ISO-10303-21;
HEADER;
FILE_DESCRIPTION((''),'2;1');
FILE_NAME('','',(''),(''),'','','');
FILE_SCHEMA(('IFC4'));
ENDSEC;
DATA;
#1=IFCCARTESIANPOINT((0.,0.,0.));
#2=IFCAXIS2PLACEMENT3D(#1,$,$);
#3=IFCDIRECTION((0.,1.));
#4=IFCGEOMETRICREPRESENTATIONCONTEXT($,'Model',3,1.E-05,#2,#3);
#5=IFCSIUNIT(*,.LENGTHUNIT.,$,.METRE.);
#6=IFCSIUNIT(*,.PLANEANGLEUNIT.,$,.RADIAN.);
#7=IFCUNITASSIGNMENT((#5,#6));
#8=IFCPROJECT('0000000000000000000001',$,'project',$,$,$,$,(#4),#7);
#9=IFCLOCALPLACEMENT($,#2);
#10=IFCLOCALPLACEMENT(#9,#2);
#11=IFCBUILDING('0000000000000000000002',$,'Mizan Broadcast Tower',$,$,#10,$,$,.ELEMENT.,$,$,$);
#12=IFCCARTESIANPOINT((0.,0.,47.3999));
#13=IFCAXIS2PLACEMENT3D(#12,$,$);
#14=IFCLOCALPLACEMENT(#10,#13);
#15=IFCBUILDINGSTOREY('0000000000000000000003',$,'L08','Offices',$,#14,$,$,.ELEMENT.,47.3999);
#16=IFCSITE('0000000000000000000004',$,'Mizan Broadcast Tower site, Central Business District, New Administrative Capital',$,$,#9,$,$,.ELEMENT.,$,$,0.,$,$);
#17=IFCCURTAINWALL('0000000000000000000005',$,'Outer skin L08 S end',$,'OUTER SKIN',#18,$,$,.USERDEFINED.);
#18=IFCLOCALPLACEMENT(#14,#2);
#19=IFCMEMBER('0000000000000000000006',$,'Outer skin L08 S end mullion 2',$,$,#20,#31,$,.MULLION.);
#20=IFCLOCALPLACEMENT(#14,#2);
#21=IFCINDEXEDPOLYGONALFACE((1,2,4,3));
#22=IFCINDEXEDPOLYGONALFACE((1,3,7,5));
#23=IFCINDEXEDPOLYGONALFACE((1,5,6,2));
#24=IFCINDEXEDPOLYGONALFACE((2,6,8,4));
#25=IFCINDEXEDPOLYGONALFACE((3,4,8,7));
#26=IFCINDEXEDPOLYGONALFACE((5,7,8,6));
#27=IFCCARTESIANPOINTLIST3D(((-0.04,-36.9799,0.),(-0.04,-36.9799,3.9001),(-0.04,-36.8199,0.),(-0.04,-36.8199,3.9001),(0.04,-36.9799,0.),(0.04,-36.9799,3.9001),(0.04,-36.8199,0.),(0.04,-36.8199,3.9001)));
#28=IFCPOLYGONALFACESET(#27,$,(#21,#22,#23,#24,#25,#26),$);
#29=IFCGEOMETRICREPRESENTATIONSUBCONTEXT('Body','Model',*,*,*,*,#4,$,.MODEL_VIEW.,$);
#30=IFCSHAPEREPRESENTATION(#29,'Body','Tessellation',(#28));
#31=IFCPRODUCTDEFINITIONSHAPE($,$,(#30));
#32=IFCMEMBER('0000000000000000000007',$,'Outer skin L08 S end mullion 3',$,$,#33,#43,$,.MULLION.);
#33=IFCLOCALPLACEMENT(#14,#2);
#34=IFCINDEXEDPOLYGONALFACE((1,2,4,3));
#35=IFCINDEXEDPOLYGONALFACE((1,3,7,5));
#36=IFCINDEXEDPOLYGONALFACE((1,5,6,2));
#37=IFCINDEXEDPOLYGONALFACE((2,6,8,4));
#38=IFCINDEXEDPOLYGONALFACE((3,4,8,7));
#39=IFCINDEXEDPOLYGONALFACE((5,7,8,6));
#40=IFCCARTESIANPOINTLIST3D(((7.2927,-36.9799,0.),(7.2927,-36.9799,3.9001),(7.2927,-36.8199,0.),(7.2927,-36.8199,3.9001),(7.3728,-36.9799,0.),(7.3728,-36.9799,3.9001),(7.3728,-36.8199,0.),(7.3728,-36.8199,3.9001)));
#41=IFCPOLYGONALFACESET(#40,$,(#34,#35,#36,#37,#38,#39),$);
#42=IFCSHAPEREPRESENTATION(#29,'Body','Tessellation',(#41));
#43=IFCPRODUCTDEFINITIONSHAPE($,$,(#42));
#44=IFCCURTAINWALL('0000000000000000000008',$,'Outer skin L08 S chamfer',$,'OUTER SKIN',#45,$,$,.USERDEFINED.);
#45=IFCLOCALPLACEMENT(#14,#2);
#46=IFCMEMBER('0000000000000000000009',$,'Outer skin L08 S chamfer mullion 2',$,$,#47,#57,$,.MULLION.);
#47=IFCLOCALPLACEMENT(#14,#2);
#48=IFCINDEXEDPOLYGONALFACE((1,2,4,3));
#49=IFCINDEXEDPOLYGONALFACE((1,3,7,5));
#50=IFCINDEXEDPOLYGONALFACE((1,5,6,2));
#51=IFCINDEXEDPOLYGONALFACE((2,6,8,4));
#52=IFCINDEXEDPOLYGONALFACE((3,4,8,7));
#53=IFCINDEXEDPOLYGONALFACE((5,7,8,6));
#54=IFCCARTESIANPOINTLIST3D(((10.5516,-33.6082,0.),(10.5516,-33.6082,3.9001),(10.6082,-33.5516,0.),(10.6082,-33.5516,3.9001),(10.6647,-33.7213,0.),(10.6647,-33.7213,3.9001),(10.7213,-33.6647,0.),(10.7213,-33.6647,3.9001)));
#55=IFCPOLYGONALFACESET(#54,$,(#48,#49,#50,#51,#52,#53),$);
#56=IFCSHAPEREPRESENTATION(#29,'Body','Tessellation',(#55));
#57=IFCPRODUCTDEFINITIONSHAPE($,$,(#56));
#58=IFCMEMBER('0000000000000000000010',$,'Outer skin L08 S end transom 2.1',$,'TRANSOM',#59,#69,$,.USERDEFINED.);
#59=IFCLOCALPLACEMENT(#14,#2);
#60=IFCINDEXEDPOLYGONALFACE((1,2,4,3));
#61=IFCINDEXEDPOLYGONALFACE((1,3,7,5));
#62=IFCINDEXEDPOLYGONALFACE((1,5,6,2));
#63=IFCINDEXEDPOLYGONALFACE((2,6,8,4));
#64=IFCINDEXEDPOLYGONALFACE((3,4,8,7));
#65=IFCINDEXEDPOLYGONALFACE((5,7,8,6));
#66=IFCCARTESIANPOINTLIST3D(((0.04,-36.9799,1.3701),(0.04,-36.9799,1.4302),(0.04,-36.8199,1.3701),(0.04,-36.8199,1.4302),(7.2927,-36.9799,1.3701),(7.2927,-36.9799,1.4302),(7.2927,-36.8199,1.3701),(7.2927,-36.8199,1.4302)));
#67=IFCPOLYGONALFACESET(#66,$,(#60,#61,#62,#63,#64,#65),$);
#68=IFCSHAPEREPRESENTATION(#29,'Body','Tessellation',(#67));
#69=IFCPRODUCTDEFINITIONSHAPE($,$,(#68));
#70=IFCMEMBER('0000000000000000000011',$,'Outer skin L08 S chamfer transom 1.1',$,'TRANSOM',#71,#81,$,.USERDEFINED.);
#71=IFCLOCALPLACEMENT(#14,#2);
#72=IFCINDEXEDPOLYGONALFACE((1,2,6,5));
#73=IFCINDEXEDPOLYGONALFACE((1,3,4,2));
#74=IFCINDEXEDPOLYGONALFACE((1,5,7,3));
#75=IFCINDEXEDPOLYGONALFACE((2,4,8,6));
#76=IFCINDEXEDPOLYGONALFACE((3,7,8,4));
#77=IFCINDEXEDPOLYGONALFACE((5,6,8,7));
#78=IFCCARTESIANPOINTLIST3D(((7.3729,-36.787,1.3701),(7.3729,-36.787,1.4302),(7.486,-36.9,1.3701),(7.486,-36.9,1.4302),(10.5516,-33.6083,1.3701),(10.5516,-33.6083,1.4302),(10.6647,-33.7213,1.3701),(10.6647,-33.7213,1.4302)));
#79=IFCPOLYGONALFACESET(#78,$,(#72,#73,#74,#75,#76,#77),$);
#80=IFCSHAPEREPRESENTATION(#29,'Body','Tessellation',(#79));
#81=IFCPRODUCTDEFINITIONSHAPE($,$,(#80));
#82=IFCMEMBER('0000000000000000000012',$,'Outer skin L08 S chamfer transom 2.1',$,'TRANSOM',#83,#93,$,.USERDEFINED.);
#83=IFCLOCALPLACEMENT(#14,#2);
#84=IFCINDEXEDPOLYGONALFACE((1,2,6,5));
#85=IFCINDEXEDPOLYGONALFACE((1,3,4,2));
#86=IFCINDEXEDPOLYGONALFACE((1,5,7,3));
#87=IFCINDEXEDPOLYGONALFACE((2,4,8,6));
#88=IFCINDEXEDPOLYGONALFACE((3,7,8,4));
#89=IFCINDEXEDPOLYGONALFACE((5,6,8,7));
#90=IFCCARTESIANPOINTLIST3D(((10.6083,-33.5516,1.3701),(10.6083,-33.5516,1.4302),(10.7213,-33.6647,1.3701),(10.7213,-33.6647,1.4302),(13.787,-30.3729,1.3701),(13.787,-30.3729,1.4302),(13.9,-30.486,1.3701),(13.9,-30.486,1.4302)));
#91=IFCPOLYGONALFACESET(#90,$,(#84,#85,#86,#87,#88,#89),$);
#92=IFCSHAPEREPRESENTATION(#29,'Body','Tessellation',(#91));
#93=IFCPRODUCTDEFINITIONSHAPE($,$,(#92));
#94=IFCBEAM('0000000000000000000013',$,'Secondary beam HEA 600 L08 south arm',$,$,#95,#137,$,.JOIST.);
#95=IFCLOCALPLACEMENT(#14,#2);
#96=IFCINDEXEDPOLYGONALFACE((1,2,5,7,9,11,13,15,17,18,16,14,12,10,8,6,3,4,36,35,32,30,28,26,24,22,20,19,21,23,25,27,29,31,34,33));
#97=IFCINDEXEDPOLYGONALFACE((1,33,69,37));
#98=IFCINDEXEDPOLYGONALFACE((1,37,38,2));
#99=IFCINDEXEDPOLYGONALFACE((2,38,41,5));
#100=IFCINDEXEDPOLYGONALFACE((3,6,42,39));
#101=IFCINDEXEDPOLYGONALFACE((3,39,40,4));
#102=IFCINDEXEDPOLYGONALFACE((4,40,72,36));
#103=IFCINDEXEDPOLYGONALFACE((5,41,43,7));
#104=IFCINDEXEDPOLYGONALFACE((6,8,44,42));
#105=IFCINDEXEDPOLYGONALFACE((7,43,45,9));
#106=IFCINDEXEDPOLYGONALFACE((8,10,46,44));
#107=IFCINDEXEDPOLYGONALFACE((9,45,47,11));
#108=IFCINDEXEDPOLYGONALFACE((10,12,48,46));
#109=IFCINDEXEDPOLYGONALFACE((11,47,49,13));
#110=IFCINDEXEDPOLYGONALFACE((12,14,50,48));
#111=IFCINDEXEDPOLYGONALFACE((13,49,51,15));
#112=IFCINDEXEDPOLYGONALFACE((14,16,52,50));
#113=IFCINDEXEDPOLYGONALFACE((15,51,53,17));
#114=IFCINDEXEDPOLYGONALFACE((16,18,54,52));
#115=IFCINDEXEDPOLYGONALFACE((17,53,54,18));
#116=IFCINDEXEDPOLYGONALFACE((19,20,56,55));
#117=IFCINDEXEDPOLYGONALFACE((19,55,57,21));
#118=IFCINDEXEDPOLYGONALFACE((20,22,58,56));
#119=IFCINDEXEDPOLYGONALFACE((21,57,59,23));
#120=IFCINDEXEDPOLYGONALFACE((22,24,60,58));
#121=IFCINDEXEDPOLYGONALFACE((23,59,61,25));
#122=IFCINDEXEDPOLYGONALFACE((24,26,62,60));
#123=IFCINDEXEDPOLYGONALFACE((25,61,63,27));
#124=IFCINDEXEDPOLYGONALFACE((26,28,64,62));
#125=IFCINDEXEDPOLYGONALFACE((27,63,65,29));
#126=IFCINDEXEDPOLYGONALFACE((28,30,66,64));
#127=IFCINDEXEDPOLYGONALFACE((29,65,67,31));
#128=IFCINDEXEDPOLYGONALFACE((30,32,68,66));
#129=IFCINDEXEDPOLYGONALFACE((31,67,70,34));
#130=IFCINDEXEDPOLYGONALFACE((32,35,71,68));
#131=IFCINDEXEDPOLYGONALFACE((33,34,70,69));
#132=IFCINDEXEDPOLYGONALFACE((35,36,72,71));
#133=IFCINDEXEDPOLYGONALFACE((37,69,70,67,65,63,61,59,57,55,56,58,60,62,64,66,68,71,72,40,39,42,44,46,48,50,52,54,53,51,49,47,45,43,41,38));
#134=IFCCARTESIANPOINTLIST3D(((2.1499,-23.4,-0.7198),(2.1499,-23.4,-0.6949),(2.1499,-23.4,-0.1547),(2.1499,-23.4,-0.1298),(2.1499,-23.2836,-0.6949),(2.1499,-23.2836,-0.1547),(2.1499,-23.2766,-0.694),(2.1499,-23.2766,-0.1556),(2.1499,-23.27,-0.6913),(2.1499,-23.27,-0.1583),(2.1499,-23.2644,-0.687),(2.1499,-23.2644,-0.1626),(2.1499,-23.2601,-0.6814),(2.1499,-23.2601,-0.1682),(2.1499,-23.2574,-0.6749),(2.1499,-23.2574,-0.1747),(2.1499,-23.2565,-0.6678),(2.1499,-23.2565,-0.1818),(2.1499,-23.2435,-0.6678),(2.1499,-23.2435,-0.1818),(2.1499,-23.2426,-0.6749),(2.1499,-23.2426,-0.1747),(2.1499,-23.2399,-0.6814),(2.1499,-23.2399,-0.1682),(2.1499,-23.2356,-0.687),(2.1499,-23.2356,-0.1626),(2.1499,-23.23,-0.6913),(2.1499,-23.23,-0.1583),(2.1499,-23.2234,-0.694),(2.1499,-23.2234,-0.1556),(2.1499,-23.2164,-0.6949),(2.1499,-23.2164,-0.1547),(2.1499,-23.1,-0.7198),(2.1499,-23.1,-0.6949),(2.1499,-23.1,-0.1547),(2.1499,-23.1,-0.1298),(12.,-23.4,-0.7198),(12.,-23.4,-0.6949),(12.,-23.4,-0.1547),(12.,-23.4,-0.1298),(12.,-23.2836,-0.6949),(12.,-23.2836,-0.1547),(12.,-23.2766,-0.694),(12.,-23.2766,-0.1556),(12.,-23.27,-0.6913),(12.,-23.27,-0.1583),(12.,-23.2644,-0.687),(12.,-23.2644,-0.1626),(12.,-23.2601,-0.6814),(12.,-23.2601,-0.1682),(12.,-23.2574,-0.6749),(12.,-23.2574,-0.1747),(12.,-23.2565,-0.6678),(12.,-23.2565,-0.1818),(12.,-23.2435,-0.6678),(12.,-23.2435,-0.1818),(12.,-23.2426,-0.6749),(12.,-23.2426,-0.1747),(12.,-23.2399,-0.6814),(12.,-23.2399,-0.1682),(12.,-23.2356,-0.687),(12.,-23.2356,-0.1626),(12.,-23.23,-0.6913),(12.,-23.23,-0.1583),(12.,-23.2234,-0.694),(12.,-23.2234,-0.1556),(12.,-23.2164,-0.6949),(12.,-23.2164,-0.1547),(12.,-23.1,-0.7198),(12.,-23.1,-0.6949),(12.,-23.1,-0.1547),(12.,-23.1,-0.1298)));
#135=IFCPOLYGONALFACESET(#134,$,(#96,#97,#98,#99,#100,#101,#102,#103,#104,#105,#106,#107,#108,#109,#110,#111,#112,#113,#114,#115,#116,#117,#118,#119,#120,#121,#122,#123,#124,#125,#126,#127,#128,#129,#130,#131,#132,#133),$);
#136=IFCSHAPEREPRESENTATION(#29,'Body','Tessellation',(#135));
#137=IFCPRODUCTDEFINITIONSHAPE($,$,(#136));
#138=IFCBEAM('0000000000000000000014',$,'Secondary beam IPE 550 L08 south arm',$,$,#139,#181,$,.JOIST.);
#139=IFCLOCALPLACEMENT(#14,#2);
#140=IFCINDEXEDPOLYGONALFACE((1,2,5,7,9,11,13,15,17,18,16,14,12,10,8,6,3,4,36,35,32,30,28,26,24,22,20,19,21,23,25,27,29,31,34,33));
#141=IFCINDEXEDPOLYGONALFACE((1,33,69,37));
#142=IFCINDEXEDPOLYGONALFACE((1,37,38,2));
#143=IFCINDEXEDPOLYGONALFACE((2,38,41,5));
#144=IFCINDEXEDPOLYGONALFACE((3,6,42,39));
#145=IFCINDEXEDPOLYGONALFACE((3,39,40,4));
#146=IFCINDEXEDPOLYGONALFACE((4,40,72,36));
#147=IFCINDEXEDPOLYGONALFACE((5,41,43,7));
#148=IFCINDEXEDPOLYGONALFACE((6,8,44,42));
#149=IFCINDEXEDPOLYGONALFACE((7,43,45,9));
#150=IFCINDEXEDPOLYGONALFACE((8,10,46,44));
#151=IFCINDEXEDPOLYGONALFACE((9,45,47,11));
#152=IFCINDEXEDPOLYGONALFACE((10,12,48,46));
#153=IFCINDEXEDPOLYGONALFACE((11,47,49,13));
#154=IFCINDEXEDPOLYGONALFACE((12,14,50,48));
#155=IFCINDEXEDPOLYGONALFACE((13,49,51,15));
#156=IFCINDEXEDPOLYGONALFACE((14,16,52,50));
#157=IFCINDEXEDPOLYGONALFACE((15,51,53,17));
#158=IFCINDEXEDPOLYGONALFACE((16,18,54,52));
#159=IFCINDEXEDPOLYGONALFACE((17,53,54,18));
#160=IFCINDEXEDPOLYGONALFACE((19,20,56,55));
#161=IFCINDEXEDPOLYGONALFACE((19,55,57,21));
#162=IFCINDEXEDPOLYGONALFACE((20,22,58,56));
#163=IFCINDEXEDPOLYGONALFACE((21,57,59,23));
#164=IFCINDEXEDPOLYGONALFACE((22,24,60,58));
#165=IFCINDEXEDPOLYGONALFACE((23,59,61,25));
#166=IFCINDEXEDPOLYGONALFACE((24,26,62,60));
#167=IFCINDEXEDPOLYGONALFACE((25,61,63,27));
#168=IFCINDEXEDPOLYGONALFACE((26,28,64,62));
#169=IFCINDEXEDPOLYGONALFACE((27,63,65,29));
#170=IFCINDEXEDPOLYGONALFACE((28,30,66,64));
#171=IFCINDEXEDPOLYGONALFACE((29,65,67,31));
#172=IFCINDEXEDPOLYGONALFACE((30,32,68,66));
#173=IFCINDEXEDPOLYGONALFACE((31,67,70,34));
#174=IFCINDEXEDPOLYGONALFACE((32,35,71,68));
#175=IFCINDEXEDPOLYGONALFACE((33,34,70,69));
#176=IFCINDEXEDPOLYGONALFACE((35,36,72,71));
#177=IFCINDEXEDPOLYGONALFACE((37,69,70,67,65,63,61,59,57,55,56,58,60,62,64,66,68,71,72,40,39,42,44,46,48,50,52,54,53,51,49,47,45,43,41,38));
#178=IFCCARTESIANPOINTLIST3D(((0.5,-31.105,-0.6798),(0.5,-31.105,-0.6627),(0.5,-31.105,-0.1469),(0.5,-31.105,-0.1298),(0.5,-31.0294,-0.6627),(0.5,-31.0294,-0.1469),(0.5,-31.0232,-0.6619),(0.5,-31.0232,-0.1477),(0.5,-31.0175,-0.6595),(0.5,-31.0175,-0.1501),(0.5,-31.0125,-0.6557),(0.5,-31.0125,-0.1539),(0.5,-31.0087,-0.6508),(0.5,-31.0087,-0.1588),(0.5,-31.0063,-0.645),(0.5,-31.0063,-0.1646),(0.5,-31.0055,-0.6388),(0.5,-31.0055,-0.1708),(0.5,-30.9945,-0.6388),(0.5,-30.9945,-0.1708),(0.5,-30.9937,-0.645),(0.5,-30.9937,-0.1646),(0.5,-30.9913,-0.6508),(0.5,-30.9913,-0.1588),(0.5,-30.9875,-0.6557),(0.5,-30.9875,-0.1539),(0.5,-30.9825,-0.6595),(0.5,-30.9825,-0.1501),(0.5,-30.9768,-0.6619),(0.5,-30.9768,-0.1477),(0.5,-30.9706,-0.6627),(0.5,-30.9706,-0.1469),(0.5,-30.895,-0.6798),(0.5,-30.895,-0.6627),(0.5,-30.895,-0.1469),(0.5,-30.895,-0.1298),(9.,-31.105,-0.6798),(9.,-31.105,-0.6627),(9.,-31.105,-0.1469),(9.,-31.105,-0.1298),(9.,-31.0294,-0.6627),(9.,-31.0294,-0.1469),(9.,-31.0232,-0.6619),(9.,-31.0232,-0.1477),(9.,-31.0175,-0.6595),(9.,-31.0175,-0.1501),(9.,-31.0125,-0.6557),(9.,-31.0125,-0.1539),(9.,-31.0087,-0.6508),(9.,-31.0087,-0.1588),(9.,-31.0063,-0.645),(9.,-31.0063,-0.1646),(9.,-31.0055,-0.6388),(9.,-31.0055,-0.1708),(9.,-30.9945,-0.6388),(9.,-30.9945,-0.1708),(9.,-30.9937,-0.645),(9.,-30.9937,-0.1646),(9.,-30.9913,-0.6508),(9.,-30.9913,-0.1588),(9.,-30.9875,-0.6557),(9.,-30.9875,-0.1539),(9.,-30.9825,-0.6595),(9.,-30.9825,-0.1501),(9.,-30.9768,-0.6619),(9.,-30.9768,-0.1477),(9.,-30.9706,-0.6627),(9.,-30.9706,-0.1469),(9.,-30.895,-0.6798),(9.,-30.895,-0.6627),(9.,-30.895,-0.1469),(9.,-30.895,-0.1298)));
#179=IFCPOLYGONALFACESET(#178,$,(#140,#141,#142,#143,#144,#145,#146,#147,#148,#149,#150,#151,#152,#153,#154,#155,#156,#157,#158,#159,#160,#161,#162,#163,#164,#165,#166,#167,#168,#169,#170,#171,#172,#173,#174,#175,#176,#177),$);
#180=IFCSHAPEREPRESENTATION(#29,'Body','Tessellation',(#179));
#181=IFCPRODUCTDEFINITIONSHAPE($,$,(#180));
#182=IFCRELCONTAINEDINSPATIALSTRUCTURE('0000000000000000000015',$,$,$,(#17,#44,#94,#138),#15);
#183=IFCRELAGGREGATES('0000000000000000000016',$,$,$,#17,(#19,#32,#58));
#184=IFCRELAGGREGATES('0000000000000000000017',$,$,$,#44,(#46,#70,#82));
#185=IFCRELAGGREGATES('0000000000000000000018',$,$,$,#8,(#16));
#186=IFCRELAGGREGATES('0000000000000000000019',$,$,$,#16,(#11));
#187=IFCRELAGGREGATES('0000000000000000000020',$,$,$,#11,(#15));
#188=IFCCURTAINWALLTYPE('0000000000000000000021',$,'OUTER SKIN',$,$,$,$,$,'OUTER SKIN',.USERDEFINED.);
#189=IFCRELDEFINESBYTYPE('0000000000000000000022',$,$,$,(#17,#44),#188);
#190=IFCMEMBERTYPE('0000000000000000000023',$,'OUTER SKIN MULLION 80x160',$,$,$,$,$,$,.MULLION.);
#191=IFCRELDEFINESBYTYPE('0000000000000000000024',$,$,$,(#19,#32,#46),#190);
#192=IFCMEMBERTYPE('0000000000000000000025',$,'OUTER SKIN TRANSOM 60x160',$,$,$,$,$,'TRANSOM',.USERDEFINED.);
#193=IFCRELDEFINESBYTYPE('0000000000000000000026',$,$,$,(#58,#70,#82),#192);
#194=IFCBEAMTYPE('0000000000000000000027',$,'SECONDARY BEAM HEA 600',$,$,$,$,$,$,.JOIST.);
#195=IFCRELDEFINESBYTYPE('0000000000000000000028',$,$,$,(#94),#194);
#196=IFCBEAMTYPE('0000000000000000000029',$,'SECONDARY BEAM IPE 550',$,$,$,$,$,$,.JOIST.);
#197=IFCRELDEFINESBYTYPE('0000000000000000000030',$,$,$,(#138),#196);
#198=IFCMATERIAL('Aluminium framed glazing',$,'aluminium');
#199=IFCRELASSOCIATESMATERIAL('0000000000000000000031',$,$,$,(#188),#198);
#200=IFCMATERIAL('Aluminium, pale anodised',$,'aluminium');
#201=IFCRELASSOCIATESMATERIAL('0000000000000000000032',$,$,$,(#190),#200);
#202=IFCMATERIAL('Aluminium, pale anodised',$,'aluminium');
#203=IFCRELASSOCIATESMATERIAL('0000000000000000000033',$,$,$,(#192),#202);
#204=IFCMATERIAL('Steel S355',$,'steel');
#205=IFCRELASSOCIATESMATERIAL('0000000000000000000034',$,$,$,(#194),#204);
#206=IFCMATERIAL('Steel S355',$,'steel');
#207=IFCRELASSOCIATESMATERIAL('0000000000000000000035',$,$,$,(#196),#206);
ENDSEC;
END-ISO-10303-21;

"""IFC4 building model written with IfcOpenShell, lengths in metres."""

from ifc_helpers import new_model, si_unit, direction, frame, origin, origin_2d, place, context, subcontext, project, spatial, rectangle, i_section, extrude, material, material_profile, profile_set, type_object, element, aggregate, save


model = new_model("IFC4")

# Units and contexts
model_context = context("Model", 3, precision=1e-05, world=origin(), true_north=direction((0.0, 1.0)))
body_context = subcontext(model_context, "Body", "Model", "MODEL_VIEW")
ifc_project = project(units=[si_unit("LENGTHUNIT", "METRE"), si_unit("PLANEANGLEUNIT", "RADIAN")], contexts=[model_context])

# Site, building, storey
site_placement = place(None, origin())
site = spatial("IfcSite", under=ifc_project, at=site_placement, Name="Mizan Broadcast Tower site, Central Business District, New Administrative Capital", CompositionType="ELEMENT", RefElevation=0.0)
building_placement = place(site_placement, origin())
building = spatial("IfcBuilding", under=site, at=building_placement, Name="Mizan Broadcast Tower", CompositionType="ELEMENT")
storey_placement = place(building_placement, frame((0.0, 0.0, 47.3999)))
storey = spatial("IfcBuildingStorey", under=building, at=storey_placement, Name="L08", Description="Offices", CompositionType="ELEMENT", Elevation=47.3999)

# Curtain wall, members
ifc_material_1 = material(Name="Aluminium framed glazing", Category="aluminium")
curtain_wall_type_1 = type_object("IfcCurtainWallType", Name="OUTER SKIN", ElementType="OUTER SKIN", PredefinedType="USERDEFINED", material=ifc_material_1)
curtain_wall_1_placement = place(storey_placement, origin())
curtain_wall_1 = element("IfcCurtainWall", 1, at=curtain_wall_1_placement, inside=storey, type_object=curtain_wall_type_1, Name="Outer skin L08 S end", ObjectType="OUTER SKIN", PredefinedType="USERDEFINED")
ifc_material_2 = material(Name="Aluminium, pale anodised", Category="aluminium")
ifc_material_profile_1 = material_profile(ifc_material_2, rectangle(XDim=0.1599, YDim=0.0801, at=origin_2d()), Name="MULLION 160x80")
ifc_profile_set_1 = profile_set([ifc_material_profile_1], Name="Aluminium, pale anodised")
member_type_1 = type_object("IfcMemberType", Name="OUTER SKIN MULLION 80x160", PredefinedType="MULLION", material=ifc_profile_set_1)
member_1_placement = place(storey_placement, frame((0.0, -36.8999, 0.0), z_axis=(0.0, 0.0, 1.0), x_axis=(0.0, 1.0, 0.0)))
member_1 = element("IfcMember", 2, at=member_1_placement, type_object=member_type_1, Name="Outer skin L08 S end mullion 2", PredefinedType="MULLION", context=body_context, shape_type="SweptSolid", body=[
    extrude(rectangle(XDim=0.1599, YDim=0.0801, at=origin_2d()), origin(), (0.0, 0.0, 1.0), 3.9001),
])
member_2_placement = place(storey_placement, frame((7.3328, -36.8999, 0.0), z_axis=(0.0, 0.0, 1.0), x_axis=(0.0, 1.0, 0.0)))
member_2 = element("IfcMember", 3, at=member_2_placement, type_object=member_type_1, Name="Outer skin L08 S end mullion 3", PredefinedType="MULLION", context=body_context, shape_type="SweptSolid", body=[
    extrude(rectangle(XDim=0.1599, YDim=0.0801, at=origin_2d()), origin(), (0.0, 0.0, 1.0), 3.9001),
])

# Curtain wall, member
curtain_wall_2_placement = place(storey_placement, origin())
curtain_wall_2 = element("IfcCurtainWall", 4, at=curtain_wall_2_placement, inside=storey, type_object=curtain_wall_type_1, Name="Outer skin L08 S chamfer", ObjectType="OUTER SKIN", PredefinedType="USERDEFINED")
member_3_placement = place(storey_placement, frame((10.6365, -33.6365, 0.0), z_axis=(0.0, 0.0, 1.0), x_axis=(-0.707107, 0.707107, 0.0)))
member_3 = element("IfcMember", 5, at=member_3_placement, type_object=member_type_1, Name="Outer skin L08 S chamfer mullion 2", PredefinedType="MULLION", context=body_context, shape_type="SweptSolid", body=[
    extrude(rectangle(XDim=0.1599, YDim=0.0801, at=origin_2d()), origin(), (0.0, 0.0, 1.0), 3.9001),
])

# Members
ifc_material_3 = material(Name="Aluminium, pale anodised", Category="aluminium")
ifc_material_profile_2 = material_profile(ifc_material_3, rectangle(XDim=0.1599, YDim=0.0601, at=origin_2d()), Name="TRANSOM 160x60")
ifc_profile_set_2 = profile_set([ifc_material_profile_2], Name="Aluminium, pale anodised")
member_type_2 = type_object("IfcMemberType", Name="OUTER SKIN TRANSOM 60x160", ElementType="TRANSOM", PredefinedType="USERDEFINED", material=ifc_profile_set_2)
member_4_placement = place(storey_placement, frame((0.04, -36.8999, 1.4001), z_axis=(1.0, 0.0, 0.0), x_axis=(0.0, 1.0, 0.0)))
member_4 = element("IfcMember", 6, at=member_4_placement, type_object=member_type_2, Name="Outer skin L08 S end transom 2.1", ObjectType="TRANSOM", PredefinedType="USERDEFINED", context=body_context, shape_type="SweptSolid", body=[
    extrude(rectangle(XDim=0.1599, YDim=0.0601, at=origin_2d()), origin(), (0.0, 0.0, 1.0), 7.2527),
])
member_5_placement = place(storey_placement, frame((7.4294, -36.8435, 1.4001), z_axis=(0.707107, 0.707107, 0.0), x_axis=(-0.707107, 0.707107, 0.0)))
member_5 = element("IfcMember", 7, at=member_5_placement, type_object=member_type_2, Name="Outer skin L08 S chamfer transom 1.1", ObjectType="TRANSOM", PredefinedType="USERDEFINED", context=body_context, shape_type="SweptSolid", body=[
    extrude(rectangle(XDim=0.1599, YDim=0.0601, at=origin_2d()), origin(), (0.0, 0.0, 1.0), 4.4954),
])
member_6_placement = place(storey_placement, frame((10.6648, -33.6082, 1.4001), z_axis=(0.707107, 0.707107, 0.0), x_axis=(-0.707107, 0.707107, 0.0)))
member_6 = element("IfcMember", 8, at=member_6_placement, type_object=member_type_2, Name="Outer skin L08 S chamfer transom 2.1", ObjectType="TRANSOM", PredefinedType="USERDEFINED", context=body_context, shape_type="SweptSolid", body=[
    extrude(rectangle(XDim=0.1599, YDim=0.0601, at=origin_2d()), origin(), (0.0, 0.0, 1.0), 4.4954),
])

# Beams
ifc_material_4 = material(Name="Steel S355", Category="steel")
ifc_material_profile_3 = material_profile(ifc_material_4, i_section(OverallWidth=0.3, OverallDepth=0.5901, WebThickness=0.0129, FlangeThickness=0.0249, FilletRadius=0.0271, at=origin_2d()), Name="HEA 600")
ifc_profile_set_3 = profile_set([ifc_material_profile_3], Name="Steel S355")
beam_type_1 = type_object("IfcBeamType", Name="SECONDARY BEAM HEA 600", PredefinedType="JOIST", material=ifc_profile_set_3)
beam_1_placement = place(storey_placement, frame((12.0, -23.25, -0.4248), z_axis=(-1.0, 0.0, 0.0), x_axis=(0.0, -1.0, 0.0)))
element("IfcBeam", 9, at=beam_1_placement, inside=storey, type_object=beam_type_1, Name="Secondary beam HEA 600 L08 south arm", PredefinedType="JOIST", context=body_context, shape_type="SweptSolid", body=[
    extrude(i_section(OverallWidth=0.3, OverallDepth=0.5901, WebThickness=0.0129, FlangeThickness=0.0249, FilletRadius=0.0271, at=origin_2d()), origin(), (0.0, 0.0, 1.0), 9.8501),
])
ifc_material_5 = material(Name="Steel S355", Category="steel")
ifc_material_profile_4 = material_profile(ifc_material_5, i_section(OverallWidth=0.21, OverallDepth=0.55, WebThickness=0.011, FlangeThickness=0.0171, FilletRadius=0.0239, at=origin_2d()), Name="IPE 550")
ifc_profile_set_4 = profile_set([ifc_material_profile_4], Name="Steel S355")
beam_type_2 = type_object("IfcBeamType", Name="SECONDARY BEAM IPE 550", PredefinedType="JOIST", material=ifc_profile_set_4)
beam_2_placement = place(storey_placement, frame((9.0, -31.0, -0.4048), z_axis=(-1.0, 0.0, 0.0), x_axis=(0.0, -1.0, 0.0)))
element("IfcBeam", 10, at=beam_2_placement, inside=storey, type_object=beam_type_2, Name="Secondary beam IPE 550 L08 south arm", PredefinedType="JOIST", context=body_context, shape_type="SweptSolid", body=[
    extrude(i_section(OverallWidth=0.21, OverallDepth=0.55, WebThickness=0.011, FlangeThickness=0.0171, FilletRadius=0.0239, at=origin_2d()), origin(), (0.0, 0.0, 1.0), 8.5),
])

aggregate(curtain_wall_1, [member_1, member_2, member_4])
aggregate(curtain_wall_2, [member_3, member_5, member_6])

save(model, "model.ifc")
